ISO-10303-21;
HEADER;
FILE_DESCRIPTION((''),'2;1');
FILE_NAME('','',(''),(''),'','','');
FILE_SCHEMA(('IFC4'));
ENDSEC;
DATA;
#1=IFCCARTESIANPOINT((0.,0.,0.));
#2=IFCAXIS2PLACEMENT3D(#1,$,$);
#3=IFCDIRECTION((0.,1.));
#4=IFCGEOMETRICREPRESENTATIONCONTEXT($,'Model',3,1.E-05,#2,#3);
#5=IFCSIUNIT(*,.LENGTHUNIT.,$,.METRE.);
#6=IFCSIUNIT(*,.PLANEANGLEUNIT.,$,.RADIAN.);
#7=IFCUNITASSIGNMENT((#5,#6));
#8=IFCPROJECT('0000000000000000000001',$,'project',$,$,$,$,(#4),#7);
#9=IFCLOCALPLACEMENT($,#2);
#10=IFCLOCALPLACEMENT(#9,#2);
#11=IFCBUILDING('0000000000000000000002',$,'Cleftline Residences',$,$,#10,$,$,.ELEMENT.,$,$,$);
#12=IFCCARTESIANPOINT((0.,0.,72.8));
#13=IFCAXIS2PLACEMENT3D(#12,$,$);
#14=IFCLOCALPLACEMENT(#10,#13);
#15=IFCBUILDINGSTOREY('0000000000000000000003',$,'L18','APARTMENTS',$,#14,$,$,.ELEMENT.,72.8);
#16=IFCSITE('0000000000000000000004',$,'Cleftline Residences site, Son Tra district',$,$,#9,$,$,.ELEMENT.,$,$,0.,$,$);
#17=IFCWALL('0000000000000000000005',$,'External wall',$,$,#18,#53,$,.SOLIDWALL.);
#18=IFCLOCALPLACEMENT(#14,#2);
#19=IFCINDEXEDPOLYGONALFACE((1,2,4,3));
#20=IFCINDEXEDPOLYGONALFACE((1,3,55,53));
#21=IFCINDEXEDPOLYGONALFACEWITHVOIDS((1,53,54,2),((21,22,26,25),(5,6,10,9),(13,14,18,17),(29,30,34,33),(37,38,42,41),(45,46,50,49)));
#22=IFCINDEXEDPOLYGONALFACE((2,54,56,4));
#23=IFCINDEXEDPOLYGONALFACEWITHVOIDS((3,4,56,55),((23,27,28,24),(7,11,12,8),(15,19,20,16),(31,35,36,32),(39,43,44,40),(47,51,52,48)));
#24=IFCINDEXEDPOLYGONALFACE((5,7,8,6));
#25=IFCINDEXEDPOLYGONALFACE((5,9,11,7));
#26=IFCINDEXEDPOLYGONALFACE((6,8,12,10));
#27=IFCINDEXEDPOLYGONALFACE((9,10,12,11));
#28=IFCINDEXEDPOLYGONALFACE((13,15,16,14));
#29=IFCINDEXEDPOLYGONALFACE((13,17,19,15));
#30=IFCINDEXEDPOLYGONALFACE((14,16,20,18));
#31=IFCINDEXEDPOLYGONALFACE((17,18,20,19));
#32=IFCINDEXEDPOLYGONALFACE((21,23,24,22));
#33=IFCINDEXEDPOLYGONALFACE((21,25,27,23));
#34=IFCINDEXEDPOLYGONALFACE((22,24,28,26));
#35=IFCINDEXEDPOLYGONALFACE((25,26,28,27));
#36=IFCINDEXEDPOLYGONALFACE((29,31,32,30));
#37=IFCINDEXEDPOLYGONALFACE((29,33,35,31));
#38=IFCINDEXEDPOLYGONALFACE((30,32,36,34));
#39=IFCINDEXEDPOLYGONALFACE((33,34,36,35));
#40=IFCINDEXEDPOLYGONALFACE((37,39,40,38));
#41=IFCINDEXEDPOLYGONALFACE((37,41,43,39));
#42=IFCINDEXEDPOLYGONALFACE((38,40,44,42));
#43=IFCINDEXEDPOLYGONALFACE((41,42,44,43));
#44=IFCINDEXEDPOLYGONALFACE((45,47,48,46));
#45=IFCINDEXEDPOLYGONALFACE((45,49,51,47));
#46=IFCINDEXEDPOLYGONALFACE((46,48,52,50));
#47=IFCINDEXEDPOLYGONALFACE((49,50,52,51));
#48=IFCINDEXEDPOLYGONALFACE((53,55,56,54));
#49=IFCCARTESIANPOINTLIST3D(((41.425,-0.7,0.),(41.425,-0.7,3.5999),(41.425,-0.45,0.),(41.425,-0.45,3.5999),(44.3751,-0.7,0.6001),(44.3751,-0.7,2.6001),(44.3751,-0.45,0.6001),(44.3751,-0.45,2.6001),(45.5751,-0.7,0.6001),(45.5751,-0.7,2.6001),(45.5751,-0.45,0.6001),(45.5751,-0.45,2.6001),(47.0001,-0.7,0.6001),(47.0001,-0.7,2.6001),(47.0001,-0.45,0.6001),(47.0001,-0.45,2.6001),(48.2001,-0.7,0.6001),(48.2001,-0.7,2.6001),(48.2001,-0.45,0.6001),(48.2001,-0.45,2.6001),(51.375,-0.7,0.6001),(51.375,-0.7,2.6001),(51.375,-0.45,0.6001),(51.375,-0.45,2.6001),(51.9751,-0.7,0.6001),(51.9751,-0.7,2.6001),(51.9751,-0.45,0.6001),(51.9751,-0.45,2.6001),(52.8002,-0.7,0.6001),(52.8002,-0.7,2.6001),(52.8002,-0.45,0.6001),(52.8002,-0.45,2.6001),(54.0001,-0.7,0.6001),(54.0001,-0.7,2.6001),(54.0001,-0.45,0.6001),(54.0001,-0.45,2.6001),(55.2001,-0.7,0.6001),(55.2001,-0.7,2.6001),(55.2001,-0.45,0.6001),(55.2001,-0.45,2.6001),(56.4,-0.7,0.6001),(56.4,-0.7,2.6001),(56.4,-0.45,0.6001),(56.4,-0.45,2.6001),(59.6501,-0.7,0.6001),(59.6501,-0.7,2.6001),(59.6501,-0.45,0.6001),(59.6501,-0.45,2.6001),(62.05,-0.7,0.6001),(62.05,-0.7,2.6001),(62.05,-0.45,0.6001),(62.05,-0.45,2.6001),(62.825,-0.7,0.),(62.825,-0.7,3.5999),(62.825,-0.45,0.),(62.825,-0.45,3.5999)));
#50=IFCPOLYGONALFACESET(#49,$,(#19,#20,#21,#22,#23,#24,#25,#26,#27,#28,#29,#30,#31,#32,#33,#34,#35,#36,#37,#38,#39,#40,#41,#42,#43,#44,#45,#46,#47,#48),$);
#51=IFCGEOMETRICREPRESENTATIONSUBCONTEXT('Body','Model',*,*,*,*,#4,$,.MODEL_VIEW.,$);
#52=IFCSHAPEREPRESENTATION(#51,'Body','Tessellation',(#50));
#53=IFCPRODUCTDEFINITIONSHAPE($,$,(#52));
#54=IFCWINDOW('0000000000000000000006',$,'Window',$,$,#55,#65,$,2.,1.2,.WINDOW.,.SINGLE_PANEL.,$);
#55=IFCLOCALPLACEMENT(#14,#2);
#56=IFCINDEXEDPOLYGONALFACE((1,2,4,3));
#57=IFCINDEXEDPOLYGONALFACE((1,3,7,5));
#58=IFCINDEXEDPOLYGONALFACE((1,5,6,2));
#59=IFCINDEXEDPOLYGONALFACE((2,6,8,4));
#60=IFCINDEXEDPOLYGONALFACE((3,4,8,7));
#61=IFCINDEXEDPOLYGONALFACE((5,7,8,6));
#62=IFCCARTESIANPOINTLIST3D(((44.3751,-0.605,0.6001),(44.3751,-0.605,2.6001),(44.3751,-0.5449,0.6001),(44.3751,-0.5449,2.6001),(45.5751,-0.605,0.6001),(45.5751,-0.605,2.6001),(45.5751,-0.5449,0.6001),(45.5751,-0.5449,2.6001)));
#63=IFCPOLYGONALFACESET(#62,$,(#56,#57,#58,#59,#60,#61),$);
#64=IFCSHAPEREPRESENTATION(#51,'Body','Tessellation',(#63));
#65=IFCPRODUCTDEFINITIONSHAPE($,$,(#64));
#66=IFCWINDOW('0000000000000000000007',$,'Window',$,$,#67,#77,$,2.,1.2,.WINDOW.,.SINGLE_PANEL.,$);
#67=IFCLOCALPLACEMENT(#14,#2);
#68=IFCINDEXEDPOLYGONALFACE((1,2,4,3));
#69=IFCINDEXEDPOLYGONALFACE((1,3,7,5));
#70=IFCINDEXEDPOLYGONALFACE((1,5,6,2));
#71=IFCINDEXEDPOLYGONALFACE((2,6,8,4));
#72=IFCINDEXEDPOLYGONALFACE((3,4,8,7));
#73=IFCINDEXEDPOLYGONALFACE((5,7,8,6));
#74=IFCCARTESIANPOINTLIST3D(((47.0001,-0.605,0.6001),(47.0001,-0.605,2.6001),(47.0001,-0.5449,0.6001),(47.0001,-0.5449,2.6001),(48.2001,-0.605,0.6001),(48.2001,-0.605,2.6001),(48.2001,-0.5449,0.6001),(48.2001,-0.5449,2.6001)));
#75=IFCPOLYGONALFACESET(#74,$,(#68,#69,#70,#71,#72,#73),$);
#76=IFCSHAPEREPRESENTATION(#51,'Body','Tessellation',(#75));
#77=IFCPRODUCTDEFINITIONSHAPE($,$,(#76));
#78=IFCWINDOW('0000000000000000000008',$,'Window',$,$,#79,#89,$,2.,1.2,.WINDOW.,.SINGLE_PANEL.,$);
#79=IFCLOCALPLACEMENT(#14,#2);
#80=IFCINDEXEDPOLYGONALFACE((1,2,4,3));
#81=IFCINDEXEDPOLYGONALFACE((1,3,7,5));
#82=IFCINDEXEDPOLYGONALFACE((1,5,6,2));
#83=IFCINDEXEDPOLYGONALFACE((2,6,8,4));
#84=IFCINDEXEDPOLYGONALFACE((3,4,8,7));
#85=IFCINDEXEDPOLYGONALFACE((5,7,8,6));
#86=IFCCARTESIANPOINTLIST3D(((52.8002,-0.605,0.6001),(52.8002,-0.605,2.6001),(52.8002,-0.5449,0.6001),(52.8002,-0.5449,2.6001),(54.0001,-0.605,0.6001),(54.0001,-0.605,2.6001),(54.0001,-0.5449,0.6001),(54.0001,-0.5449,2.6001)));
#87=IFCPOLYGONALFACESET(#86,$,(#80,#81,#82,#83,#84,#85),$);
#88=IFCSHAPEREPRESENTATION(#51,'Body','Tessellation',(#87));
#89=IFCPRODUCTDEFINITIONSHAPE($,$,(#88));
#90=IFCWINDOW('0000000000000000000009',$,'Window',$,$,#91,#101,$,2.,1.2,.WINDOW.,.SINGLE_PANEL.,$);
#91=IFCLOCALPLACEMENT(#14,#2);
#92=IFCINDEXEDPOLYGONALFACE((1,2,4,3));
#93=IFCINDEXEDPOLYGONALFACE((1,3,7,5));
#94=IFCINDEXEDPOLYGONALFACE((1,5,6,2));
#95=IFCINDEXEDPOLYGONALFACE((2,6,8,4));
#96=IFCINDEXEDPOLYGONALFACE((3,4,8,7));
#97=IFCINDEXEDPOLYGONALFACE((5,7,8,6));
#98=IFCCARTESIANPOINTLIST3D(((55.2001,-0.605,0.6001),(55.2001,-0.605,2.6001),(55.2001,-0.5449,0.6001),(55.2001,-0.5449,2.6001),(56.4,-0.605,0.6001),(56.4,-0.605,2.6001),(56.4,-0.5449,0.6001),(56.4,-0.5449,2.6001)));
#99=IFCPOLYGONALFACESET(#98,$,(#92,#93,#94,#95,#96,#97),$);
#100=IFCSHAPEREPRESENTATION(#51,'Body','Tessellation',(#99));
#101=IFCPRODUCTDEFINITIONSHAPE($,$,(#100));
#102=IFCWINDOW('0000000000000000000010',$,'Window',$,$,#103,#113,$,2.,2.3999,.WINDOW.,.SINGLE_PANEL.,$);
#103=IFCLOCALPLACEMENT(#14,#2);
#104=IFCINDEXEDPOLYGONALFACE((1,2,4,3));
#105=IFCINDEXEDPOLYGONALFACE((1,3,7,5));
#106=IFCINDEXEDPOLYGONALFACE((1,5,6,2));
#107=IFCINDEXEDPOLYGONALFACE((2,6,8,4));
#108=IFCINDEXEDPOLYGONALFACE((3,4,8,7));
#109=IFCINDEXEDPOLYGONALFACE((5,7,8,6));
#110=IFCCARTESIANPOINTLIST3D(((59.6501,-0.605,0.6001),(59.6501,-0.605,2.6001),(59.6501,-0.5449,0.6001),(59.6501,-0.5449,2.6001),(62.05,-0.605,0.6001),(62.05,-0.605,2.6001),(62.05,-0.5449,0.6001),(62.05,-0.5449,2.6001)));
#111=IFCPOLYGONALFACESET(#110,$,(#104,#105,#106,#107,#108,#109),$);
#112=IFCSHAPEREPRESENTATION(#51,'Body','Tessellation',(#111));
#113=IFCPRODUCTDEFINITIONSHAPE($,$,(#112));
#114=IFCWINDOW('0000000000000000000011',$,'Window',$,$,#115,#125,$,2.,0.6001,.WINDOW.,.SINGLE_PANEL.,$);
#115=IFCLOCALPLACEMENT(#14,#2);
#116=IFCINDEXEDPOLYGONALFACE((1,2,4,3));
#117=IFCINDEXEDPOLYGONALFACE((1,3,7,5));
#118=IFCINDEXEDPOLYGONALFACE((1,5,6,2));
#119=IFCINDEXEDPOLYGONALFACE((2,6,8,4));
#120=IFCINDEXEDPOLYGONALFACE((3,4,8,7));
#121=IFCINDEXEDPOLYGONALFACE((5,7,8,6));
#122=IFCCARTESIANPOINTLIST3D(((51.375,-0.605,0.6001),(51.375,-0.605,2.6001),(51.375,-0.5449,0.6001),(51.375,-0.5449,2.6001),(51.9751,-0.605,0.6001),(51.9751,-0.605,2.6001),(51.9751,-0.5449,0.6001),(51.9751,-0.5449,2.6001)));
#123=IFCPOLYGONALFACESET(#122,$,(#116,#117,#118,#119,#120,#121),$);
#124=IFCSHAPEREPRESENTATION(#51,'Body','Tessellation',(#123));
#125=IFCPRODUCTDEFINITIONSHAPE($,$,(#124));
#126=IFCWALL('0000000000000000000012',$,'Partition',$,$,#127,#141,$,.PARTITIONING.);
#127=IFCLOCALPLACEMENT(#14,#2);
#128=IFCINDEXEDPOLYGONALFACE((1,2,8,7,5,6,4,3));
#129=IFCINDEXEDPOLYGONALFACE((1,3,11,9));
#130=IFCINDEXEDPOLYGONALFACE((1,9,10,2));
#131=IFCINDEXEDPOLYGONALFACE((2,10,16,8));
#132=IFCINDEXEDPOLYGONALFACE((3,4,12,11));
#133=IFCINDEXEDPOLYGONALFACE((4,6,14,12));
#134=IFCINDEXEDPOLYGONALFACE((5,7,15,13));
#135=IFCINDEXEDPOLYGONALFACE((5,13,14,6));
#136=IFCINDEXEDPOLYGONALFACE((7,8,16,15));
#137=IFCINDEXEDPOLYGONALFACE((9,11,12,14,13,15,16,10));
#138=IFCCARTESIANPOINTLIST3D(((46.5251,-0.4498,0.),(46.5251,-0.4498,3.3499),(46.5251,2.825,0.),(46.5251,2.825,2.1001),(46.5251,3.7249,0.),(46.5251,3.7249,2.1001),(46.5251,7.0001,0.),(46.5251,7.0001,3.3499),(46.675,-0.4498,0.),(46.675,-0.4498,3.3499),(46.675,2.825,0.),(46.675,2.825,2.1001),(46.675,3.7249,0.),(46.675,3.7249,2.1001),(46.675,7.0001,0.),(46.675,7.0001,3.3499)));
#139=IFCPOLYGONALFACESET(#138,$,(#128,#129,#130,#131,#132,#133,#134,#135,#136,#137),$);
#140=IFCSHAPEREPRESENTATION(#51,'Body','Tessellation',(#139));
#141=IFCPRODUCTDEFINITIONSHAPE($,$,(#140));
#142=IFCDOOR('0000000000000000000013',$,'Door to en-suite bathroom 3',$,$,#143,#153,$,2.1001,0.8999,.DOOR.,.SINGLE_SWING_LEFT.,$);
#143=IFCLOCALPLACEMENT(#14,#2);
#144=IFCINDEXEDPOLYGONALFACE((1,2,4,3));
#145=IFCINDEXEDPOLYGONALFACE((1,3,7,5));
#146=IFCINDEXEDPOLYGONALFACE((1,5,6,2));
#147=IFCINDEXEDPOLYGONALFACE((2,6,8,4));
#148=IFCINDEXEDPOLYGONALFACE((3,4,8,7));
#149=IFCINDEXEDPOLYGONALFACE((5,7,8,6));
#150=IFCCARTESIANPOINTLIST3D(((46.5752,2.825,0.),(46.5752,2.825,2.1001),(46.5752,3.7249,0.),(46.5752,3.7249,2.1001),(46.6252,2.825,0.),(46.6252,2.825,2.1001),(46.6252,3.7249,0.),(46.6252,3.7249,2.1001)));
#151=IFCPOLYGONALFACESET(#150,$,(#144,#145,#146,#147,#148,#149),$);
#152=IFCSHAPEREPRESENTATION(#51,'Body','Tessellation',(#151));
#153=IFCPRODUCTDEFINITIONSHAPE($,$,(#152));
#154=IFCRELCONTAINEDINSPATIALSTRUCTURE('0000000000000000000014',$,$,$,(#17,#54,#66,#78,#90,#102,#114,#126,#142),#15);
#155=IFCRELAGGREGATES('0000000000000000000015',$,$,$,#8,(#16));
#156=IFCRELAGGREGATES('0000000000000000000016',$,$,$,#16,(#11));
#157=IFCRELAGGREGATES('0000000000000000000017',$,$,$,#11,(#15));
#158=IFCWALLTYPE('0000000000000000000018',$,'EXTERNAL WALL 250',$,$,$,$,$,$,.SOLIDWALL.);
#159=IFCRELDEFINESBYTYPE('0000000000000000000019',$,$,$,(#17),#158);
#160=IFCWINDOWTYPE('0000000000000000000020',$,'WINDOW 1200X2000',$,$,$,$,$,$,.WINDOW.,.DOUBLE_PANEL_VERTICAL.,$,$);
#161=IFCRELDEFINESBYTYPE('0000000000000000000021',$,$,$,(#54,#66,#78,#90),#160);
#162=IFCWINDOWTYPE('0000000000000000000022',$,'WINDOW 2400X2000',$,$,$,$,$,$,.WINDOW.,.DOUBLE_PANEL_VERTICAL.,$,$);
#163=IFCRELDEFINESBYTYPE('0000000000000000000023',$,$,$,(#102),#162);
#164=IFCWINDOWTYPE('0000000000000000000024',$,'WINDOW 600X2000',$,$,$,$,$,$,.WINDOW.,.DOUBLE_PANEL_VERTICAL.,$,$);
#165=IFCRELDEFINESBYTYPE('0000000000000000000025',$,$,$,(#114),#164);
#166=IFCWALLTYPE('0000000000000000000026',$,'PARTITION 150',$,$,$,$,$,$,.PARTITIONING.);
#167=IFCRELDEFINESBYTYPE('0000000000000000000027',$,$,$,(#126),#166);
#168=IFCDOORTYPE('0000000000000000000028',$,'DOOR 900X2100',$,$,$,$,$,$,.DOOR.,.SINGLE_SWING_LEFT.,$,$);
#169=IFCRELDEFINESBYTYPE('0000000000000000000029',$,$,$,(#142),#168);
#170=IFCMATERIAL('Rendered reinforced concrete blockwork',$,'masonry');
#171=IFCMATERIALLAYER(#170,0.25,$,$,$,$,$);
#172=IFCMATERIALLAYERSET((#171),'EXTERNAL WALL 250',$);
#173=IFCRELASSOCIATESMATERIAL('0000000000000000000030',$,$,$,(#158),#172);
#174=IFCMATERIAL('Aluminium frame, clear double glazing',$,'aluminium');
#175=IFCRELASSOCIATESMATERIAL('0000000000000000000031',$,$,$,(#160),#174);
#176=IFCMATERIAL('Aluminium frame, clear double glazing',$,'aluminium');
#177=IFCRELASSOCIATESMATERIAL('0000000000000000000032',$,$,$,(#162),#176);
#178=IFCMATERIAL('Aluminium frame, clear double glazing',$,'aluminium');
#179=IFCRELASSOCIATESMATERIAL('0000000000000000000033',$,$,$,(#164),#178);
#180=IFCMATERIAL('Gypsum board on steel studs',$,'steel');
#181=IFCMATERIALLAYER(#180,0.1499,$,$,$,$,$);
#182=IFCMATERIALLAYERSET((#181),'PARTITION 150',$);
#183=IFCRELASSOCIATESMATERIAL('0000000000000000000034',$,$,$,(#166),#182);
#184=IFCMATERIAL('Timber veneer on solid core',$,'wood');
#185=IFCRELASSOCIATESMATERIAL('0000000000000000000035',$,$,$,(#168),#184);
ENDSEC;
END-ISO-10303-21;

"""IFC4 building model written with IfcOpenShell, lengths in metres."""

from ifc_helpers import new_model, si_unit, direction, frame, frame_2d, origin, place, context, subcontext, project, spatial, rectangle, extrude, material, layer, layer_set, type_object, element, fill, save


model = new_model("IFC4")

# Units and contexts
model_context = context("Model", 3, precision=1e-05, world=origin(), true_north=direction((0.0, 1.0)))
body_context = subcontext(model_context, "Body", "Model", "MODEL_VIEW")
ifc_project = project(units=[si_unit("LENGTHUNIT", "METRE"), si_unit("PLANEANGLEUNIT", "RADIAN")], contexts=[model_context])

# Site, building, storey
site_placement = place(None, origin())
site = spatial("IfcSite", under=ifc_project, at=site_placement, Name="Cleftline Residences site, Son Tra district", CompositionType="ELEMENT", RefElevation=0.0)
building_placement = place(site_placement, origin())
building = spatial("IfcBuilding", under=site, at=building_placement, Name="Cleftline Residences", CompositionType="ELEMENT")
storey_placement = place(building_placement, frame((0.0, 0.0, 72.8)))
storey = spatial("IfcBuildingStorey", under=building, at=storey_placement, Name="L18", Description="APARTMENTS", CompositionType="ELEMENT", Elevation=72.8)

# Wall, openings, windows
ifc_material_1 = material(Name="Rendered reinforced concrete blockwork", Category="masonry")
ifc_layer_1 = layer(ifc_material_1, 0.25)
ifc_layer_set_1 = layer_set([ifc_layer_1], Name="EXTERNAL WALL 250")
wall_type_1 = type_object("IfcWallType", Name="EXTERNAL WALL 250", PredefinedType="SOLIDWALL", material=ifc_layer_set_1)
wall_1_placement = place(storey_placement, frame((41.425, -0.575, 0.0), z_axis=(0.0, 0.0, 1.0), x_axis=(1.0, 0.0, 0.0)))
wall_1 = element("IfcWall", 1, at=wall_1_placement, inside=storey, type_object=wall_type_1, Name="External wall", PredefinedType="SOLIDWALL", context=body_context, shape_type="SweptSolid", body=[
    extrude(rectangle(XDim=21.3999, YDim=0.25, at=frame_2d((10.7, 0.0))), origin(), (0.0, 0.0, 1.0), 3.5999),
])
opening_1_placement = place(wall_1_placement, frame((2.95, 0.0, 0.6001)))
opening_1 = element("IfcOpeningElement", 2, at=opening_1_placement, cuts=wall_1, PredefinedType="OPENING", context=body_context, shape_type="SweptSolid", body=[
    extrude(rectangle(XDim=1.2, YDim=2.0, at=frame_2d((0.6001, 1.0))), frame((0.0, 0.135, 0.0), z_axis=(0.0, -1.0, 0.0), x_axis=(1.0, 0.0, 0.0)), (0.0, 0.0, 1.0), 0.27),
])
opening_2_placement = place(wall_1_placement, frame((5.575, 0.0, 0.6001)))
opening_2 = element("IfcOpeningElement", 3, at=opening_2_placement, cuts=wall_1, PredefinedType="OPENING", context=body_context, shape_type="SweptSolid", body=[
    extrude(rectangle(XDim=1.2, YDim=2.0, at=frame_2d((0.6001, 1.0))), frame((0.0, 0.135, 0.0), z_axis=(0.0, -1.0, 0.0), x_axis=(1.0, 0.0, 0.0)), (0.0, 0.0, 1.0), 0.27),
])
opening_3_placement = place(wall_1_placement, frame((9.95, 0.0, 0.6001)))
opening_3 = element("IfcOpeningElement", 4, at=opening_3_placement, cuts=wall_1, PredefinedType="OPENING", context=body_context, shape_type="SweptSolid", body=[
    extrude(rectangle(XDim=0.6001, YDim=2.0, at=frame_2d((0.3, 1.0))), frame((0.0, 0.135, 0.0), z_axis=(0.0, -1.0, 0.0), x_axis=(1.0, 0.0, 0.0)), (0.0, 0.0, 1.0), 0.27),
])
opening_4_placement = place(wall_1_placement, frame((11.375, 0.0, 0.6001)))
opening_4 = element("IfcOpeningElement", 5, at=opening_4_placement, cuts=wall_1, PredefinedType="OPENING", context=body_context, shape_type="SweptSolid", body=[
    extrude(rectangle(XDim=1.2, YDim=2.0, at=frame_2d((0.6001, 1.0))), frame((0.0, 0.135, 0.0), z_axis=(0.0, -1.0, 0.0), x_axis=(1.0, 0.0, 0.0)), (0.0, 0.0, 1.0), 0.27),
])
opening_5_placement = place(wall_1_placement, frame((13.7749, 0.0, 0.6001)))
opening_5 = element("IfcOpeningElement", 6, at=opening_5_placement, cuts=wall_1, PredefinedType="OPENING", context=body_context, shape_type="SweptSolid", body=[
    extrude(rectangle(XDim=1.2, YDim=2.0, at=frame_2d((0.6001, 1.0))), frame((0.0, 0.135, 0.0), z_axis=(0.0, -1.0, 0.0), x_axis=(1.0, 0.0, 0.0)), (0.0, 0.0, 1.0), 0.27),
])
opening_6_placement = place(wall_1_placement, frame((18.2251, 0.0, 0.6001)))
opening_6 = element("IfcOpeningElement", 7, at=opening_6_placement, cuts=wall_1, PredefinedType="OPENING", context=body_context, shape_type="SweptSolid", body=[
    extrude(rectangle(XDim=2.3999, YDim=2.0, at=frame_2d((1.2, 1.0))), frame((0.0, 0.135, 0.0), z_axis=(0.0, -1.0, 0.0), x_axis=(1.0, 0.0, 0.0)), (0.0, 0.0, 1.0), 0.27),
])
ifc_material_2 = material(Name="Aluminium frame, clear double glazing", Category="aluminium")
window_type_1 = type_object("IfcWindowType", Name="WINDOW 1200X2000", PartitioningType="DOUBLE_PANEL_VERTICAL", PredefinedType="WINDOW", material=ifc_material_2)
window_1_placement = place(opening_1_placement, origin())
window_1 = element("IfcWindow", 8, at=window_1_placement, inside=storey, type_object=window_type_1, Name="Window", OverallHeight=2.0, OverallWidth=1.2, PartitioningType="SINGLE_PANEL", PredefinedType="WINDOW", context=body_context, shape_type="SweptSolid", body=[
    extrude(rectangle(XDim=1.2, YDim=2.0, at=frame_2d((0.6001, 1.0))), frame((0.0, 0.03, 0.0), z_axis=(0.0, -1.0, 0.0), x_axis=(1.0, 0.0, 0.0)), (0.0, 0.0, 1.0), 0.0601),
])
fill(opening_1, window_1)
window_2_placement = place(opening_2_placement, origin())
window_2 = element("IfcWindow", 9, at=window_2_placement, inside=storey, type_object=window_type_1, Name="Window", OverallHeight=2.0, OverallWidth=1.2, PartitioningType="SINGLE_PANEL", PredefinedType="WINDOW", context=body_context, shape_type="SweptSolid", body=[
    extrude(rectangle(XDim=1.2, YDim=2.0, at=frame_2d((0.6001, 1.0))), frame((0.0, 0.03, 0.0), z_axis=(0.0, -1.0, 0.0), x_axis=(1.0, 0.0, 0.0)), (0.0, 0.0, 1.0), 0.0601),
])
fill(opening_2, window_2)
window_3_placement = place(opening_4_placement, origin())
window_3 = element("IfcWindow", 10, at=window_3_placement, inside=storey, type_object=window_type_1, Name="Window", OverallHeight=2.0, OverallWidth=1.2, PartitioningType="SINGLE_PANEL", PredefinedType="WINDOW", context=body_context, shape_type="SweptSolid", body=[
    extrude(rectangle(XDim=1.2, YDim=2.0, at=frame_2d((0.6001, 1.0))), frame((0.0, 0.03, 0.0), z_axis=(0.0, -1.0, 0.0), x_axis=(1.0, 0.0, 0.0)), (0.0, 0.0, 1.0), 0.0601),
])
fill(opening_4, window_3)
window_4_placement = place(opening_5_placement, origin())
window_4 = element("IfcWindow", 11, at=window_4_placement, inside=storey, type_object=window_type_1, Name="Window", OverallHeight=2.0, OverallWidth=1.2, PartitioningType="SINGLE_PANEL", PredefinedType="WINDOW", context=body_context, shape_type="SweptSolid", body=[
    extrude(rectangle(XDim=1.2, YDim=2.0, at=frame_2d((0.6001, 1.0))), frame((0.0, 0.03, 0.0), z_axis=(0.0, -1.0, 0.0), x_axis=(1.0, 0.0, 0.0)), (0.0, 0.0, 1.0), 0.0601),
])
fill(opening_5, window_4)
ifc_material_3 = material(Name="Aluminium frame, clear double glazing", Category="aluminium")
window_type_2 = type_object("IfcWindowType", Name="WINDOW 2400X2000", PartitioningType="DOUBLE_PANEL_VERTICAL", PredefinedType="WINDOW", material=ifc_material_3)
window_5_placement = place(opening_6_placement, origin())
window_5 = element("IfcWindow", 12, at=window_5_placement, inside=storey, type_object=window_type_2, Name="Window", OverallHeight=2.0, OverallWidth=2.3999, PartitioningType="SINGLE_PANEL", PredefinedType="WINDOW", context=body_context, shape_type="SweptSolid", body=[
    extrude(rectangle(XDim=2.3999, YDim=2.0, at=frame_2d((1.2, 1.0))), frame((0.0, 0.03, 0.0), z_axis=(0.0, -1.0, 0.0), x_axis=(1.0, 0.0, 0.0)), (0.0, 0.0, 1.0), 0.0601),
])
fill(opening_6, window_5)
ifc_material_4 = material(Name="Aluminium frame, clear double glazing", Category="aluminium")
window_type_3 = type_object("IfcWindowType", Name="WINDOW 600X2000", PartitioningType="DOUBLE_PANEL_VERTICAL", PredefinedType="WINDOW", material=ifc_material_4)
window_6_placement = place(opening_3_placement, origin())
window_6 = element("IfcWindow", 13, at=window_6_placement, inside=storey, type_object=window_type_3, Name="Window", OverallHeight=2.0, OverallWidth=0.6001, PartitioningType="SINGLE_PANEL", PredefinedType="WINDOW", context=body_context, shape_type="SweptSolid", body=[
    extrude(rectangle(XDim=0.6001, YDim=2.0, at=frame_2d((0.3, 1.0))), frame((0.0, 0.03, 0.0), z_axis=(0.0, -1.0, 0.0), x_axis=(1.0, 0.0, 0.0)), (0.0, 0.0, 1.0), 0.0601),
])
fill(opening_3, window_6)

# Wall, opening, door
ifc_material_5 = material(Name="Gypsum board on steel studs", Category="steel")
ifc_layer_2 = layer(ifc_material_5, 0.1499)
ifc_layer_set_2 = layer_set([ifc_layer_2], Name="PARTITION 150")
wall_type_2 = type_object("IfcWallType", Name="PARTITION 150", PredefinedType="PARTITIONING", material=ifc_layer_set_2)
wall_2_placement = place(storey_placement, frame((46.6001, -0.45, 0.0), z_axis=(0.0, 0.0, 1.0), x_axis=(0.0, 1.0, 0.0)))
wall_2 = element("IfcWall", 14, at=wall_2_placement, inside=storey, type_object=wall_type_2, Name="Partition", PredefinedType="PARTITIONING", context=body_context, shape_type="SweptSolid", body=[
    extrude(rectangle(XDim=7.45, YDim=0.1499, at=frame_2d((3.7251, 0.0))), origin(), (0.0, 0.0, 1.0), 3.3499),
])
opening_7_placement = place(wall_2_placement, frame((3.2749, 0.0, 0.0)))
opening_7 = element("IfcOpeningElement", 15, at=opening_7_placement, cuts=wall_2, PredefinedType="OPENING", context=body_context, shape_type="SweptSolid", body=[
    extrude(rectangle(XDim=0.8999, YDim=2.1001, at=frame_2d((0.45, 1.05))), frame((0.0, 0.085, 0.0), z_axis=(0.0, -1.0, 0.0), x_axis=(1.0, 0.0, 0.0)), (0.0, 0.0, 1.0), 0.1699),
])
ifc_material_6 = material(Name="Timber veneer on solid core", Category="wood")
door_type = type_object("IfcDoorType", Name="DOOR 900X2100", OperationType="SINGLE_SWING_LEFT", PredefinedType="DOOR", material=ifc_material_6)
door_placement = place(opening_7_placement, origin())
door = element("IfcDoor", 16, at=door_placement, inside=storey, type_object=door_type, Name="Door to en-suite bathroom 3", OperationType="SINGLE_SWING_LEFT", OverallHeight=2.1001, OverallWidth=0.8999, PredefinedType="DOOR", context=body_context, shape_type="SweptSolid", body=[
    extrude(rectangle(XDim=0.8999, YDim=2.1001, at=frame_2d((0.45, 1.05))), frame((0.0, 0.0249, 0.0), z_axis=(0.0, -1.0, 0.0), x_axis=(1.0, 0.0, 0.0)), (0.0, 0.0, 1.0), 0.05),
])
fill(opening_7, door)

save(model, "model.ifc")
